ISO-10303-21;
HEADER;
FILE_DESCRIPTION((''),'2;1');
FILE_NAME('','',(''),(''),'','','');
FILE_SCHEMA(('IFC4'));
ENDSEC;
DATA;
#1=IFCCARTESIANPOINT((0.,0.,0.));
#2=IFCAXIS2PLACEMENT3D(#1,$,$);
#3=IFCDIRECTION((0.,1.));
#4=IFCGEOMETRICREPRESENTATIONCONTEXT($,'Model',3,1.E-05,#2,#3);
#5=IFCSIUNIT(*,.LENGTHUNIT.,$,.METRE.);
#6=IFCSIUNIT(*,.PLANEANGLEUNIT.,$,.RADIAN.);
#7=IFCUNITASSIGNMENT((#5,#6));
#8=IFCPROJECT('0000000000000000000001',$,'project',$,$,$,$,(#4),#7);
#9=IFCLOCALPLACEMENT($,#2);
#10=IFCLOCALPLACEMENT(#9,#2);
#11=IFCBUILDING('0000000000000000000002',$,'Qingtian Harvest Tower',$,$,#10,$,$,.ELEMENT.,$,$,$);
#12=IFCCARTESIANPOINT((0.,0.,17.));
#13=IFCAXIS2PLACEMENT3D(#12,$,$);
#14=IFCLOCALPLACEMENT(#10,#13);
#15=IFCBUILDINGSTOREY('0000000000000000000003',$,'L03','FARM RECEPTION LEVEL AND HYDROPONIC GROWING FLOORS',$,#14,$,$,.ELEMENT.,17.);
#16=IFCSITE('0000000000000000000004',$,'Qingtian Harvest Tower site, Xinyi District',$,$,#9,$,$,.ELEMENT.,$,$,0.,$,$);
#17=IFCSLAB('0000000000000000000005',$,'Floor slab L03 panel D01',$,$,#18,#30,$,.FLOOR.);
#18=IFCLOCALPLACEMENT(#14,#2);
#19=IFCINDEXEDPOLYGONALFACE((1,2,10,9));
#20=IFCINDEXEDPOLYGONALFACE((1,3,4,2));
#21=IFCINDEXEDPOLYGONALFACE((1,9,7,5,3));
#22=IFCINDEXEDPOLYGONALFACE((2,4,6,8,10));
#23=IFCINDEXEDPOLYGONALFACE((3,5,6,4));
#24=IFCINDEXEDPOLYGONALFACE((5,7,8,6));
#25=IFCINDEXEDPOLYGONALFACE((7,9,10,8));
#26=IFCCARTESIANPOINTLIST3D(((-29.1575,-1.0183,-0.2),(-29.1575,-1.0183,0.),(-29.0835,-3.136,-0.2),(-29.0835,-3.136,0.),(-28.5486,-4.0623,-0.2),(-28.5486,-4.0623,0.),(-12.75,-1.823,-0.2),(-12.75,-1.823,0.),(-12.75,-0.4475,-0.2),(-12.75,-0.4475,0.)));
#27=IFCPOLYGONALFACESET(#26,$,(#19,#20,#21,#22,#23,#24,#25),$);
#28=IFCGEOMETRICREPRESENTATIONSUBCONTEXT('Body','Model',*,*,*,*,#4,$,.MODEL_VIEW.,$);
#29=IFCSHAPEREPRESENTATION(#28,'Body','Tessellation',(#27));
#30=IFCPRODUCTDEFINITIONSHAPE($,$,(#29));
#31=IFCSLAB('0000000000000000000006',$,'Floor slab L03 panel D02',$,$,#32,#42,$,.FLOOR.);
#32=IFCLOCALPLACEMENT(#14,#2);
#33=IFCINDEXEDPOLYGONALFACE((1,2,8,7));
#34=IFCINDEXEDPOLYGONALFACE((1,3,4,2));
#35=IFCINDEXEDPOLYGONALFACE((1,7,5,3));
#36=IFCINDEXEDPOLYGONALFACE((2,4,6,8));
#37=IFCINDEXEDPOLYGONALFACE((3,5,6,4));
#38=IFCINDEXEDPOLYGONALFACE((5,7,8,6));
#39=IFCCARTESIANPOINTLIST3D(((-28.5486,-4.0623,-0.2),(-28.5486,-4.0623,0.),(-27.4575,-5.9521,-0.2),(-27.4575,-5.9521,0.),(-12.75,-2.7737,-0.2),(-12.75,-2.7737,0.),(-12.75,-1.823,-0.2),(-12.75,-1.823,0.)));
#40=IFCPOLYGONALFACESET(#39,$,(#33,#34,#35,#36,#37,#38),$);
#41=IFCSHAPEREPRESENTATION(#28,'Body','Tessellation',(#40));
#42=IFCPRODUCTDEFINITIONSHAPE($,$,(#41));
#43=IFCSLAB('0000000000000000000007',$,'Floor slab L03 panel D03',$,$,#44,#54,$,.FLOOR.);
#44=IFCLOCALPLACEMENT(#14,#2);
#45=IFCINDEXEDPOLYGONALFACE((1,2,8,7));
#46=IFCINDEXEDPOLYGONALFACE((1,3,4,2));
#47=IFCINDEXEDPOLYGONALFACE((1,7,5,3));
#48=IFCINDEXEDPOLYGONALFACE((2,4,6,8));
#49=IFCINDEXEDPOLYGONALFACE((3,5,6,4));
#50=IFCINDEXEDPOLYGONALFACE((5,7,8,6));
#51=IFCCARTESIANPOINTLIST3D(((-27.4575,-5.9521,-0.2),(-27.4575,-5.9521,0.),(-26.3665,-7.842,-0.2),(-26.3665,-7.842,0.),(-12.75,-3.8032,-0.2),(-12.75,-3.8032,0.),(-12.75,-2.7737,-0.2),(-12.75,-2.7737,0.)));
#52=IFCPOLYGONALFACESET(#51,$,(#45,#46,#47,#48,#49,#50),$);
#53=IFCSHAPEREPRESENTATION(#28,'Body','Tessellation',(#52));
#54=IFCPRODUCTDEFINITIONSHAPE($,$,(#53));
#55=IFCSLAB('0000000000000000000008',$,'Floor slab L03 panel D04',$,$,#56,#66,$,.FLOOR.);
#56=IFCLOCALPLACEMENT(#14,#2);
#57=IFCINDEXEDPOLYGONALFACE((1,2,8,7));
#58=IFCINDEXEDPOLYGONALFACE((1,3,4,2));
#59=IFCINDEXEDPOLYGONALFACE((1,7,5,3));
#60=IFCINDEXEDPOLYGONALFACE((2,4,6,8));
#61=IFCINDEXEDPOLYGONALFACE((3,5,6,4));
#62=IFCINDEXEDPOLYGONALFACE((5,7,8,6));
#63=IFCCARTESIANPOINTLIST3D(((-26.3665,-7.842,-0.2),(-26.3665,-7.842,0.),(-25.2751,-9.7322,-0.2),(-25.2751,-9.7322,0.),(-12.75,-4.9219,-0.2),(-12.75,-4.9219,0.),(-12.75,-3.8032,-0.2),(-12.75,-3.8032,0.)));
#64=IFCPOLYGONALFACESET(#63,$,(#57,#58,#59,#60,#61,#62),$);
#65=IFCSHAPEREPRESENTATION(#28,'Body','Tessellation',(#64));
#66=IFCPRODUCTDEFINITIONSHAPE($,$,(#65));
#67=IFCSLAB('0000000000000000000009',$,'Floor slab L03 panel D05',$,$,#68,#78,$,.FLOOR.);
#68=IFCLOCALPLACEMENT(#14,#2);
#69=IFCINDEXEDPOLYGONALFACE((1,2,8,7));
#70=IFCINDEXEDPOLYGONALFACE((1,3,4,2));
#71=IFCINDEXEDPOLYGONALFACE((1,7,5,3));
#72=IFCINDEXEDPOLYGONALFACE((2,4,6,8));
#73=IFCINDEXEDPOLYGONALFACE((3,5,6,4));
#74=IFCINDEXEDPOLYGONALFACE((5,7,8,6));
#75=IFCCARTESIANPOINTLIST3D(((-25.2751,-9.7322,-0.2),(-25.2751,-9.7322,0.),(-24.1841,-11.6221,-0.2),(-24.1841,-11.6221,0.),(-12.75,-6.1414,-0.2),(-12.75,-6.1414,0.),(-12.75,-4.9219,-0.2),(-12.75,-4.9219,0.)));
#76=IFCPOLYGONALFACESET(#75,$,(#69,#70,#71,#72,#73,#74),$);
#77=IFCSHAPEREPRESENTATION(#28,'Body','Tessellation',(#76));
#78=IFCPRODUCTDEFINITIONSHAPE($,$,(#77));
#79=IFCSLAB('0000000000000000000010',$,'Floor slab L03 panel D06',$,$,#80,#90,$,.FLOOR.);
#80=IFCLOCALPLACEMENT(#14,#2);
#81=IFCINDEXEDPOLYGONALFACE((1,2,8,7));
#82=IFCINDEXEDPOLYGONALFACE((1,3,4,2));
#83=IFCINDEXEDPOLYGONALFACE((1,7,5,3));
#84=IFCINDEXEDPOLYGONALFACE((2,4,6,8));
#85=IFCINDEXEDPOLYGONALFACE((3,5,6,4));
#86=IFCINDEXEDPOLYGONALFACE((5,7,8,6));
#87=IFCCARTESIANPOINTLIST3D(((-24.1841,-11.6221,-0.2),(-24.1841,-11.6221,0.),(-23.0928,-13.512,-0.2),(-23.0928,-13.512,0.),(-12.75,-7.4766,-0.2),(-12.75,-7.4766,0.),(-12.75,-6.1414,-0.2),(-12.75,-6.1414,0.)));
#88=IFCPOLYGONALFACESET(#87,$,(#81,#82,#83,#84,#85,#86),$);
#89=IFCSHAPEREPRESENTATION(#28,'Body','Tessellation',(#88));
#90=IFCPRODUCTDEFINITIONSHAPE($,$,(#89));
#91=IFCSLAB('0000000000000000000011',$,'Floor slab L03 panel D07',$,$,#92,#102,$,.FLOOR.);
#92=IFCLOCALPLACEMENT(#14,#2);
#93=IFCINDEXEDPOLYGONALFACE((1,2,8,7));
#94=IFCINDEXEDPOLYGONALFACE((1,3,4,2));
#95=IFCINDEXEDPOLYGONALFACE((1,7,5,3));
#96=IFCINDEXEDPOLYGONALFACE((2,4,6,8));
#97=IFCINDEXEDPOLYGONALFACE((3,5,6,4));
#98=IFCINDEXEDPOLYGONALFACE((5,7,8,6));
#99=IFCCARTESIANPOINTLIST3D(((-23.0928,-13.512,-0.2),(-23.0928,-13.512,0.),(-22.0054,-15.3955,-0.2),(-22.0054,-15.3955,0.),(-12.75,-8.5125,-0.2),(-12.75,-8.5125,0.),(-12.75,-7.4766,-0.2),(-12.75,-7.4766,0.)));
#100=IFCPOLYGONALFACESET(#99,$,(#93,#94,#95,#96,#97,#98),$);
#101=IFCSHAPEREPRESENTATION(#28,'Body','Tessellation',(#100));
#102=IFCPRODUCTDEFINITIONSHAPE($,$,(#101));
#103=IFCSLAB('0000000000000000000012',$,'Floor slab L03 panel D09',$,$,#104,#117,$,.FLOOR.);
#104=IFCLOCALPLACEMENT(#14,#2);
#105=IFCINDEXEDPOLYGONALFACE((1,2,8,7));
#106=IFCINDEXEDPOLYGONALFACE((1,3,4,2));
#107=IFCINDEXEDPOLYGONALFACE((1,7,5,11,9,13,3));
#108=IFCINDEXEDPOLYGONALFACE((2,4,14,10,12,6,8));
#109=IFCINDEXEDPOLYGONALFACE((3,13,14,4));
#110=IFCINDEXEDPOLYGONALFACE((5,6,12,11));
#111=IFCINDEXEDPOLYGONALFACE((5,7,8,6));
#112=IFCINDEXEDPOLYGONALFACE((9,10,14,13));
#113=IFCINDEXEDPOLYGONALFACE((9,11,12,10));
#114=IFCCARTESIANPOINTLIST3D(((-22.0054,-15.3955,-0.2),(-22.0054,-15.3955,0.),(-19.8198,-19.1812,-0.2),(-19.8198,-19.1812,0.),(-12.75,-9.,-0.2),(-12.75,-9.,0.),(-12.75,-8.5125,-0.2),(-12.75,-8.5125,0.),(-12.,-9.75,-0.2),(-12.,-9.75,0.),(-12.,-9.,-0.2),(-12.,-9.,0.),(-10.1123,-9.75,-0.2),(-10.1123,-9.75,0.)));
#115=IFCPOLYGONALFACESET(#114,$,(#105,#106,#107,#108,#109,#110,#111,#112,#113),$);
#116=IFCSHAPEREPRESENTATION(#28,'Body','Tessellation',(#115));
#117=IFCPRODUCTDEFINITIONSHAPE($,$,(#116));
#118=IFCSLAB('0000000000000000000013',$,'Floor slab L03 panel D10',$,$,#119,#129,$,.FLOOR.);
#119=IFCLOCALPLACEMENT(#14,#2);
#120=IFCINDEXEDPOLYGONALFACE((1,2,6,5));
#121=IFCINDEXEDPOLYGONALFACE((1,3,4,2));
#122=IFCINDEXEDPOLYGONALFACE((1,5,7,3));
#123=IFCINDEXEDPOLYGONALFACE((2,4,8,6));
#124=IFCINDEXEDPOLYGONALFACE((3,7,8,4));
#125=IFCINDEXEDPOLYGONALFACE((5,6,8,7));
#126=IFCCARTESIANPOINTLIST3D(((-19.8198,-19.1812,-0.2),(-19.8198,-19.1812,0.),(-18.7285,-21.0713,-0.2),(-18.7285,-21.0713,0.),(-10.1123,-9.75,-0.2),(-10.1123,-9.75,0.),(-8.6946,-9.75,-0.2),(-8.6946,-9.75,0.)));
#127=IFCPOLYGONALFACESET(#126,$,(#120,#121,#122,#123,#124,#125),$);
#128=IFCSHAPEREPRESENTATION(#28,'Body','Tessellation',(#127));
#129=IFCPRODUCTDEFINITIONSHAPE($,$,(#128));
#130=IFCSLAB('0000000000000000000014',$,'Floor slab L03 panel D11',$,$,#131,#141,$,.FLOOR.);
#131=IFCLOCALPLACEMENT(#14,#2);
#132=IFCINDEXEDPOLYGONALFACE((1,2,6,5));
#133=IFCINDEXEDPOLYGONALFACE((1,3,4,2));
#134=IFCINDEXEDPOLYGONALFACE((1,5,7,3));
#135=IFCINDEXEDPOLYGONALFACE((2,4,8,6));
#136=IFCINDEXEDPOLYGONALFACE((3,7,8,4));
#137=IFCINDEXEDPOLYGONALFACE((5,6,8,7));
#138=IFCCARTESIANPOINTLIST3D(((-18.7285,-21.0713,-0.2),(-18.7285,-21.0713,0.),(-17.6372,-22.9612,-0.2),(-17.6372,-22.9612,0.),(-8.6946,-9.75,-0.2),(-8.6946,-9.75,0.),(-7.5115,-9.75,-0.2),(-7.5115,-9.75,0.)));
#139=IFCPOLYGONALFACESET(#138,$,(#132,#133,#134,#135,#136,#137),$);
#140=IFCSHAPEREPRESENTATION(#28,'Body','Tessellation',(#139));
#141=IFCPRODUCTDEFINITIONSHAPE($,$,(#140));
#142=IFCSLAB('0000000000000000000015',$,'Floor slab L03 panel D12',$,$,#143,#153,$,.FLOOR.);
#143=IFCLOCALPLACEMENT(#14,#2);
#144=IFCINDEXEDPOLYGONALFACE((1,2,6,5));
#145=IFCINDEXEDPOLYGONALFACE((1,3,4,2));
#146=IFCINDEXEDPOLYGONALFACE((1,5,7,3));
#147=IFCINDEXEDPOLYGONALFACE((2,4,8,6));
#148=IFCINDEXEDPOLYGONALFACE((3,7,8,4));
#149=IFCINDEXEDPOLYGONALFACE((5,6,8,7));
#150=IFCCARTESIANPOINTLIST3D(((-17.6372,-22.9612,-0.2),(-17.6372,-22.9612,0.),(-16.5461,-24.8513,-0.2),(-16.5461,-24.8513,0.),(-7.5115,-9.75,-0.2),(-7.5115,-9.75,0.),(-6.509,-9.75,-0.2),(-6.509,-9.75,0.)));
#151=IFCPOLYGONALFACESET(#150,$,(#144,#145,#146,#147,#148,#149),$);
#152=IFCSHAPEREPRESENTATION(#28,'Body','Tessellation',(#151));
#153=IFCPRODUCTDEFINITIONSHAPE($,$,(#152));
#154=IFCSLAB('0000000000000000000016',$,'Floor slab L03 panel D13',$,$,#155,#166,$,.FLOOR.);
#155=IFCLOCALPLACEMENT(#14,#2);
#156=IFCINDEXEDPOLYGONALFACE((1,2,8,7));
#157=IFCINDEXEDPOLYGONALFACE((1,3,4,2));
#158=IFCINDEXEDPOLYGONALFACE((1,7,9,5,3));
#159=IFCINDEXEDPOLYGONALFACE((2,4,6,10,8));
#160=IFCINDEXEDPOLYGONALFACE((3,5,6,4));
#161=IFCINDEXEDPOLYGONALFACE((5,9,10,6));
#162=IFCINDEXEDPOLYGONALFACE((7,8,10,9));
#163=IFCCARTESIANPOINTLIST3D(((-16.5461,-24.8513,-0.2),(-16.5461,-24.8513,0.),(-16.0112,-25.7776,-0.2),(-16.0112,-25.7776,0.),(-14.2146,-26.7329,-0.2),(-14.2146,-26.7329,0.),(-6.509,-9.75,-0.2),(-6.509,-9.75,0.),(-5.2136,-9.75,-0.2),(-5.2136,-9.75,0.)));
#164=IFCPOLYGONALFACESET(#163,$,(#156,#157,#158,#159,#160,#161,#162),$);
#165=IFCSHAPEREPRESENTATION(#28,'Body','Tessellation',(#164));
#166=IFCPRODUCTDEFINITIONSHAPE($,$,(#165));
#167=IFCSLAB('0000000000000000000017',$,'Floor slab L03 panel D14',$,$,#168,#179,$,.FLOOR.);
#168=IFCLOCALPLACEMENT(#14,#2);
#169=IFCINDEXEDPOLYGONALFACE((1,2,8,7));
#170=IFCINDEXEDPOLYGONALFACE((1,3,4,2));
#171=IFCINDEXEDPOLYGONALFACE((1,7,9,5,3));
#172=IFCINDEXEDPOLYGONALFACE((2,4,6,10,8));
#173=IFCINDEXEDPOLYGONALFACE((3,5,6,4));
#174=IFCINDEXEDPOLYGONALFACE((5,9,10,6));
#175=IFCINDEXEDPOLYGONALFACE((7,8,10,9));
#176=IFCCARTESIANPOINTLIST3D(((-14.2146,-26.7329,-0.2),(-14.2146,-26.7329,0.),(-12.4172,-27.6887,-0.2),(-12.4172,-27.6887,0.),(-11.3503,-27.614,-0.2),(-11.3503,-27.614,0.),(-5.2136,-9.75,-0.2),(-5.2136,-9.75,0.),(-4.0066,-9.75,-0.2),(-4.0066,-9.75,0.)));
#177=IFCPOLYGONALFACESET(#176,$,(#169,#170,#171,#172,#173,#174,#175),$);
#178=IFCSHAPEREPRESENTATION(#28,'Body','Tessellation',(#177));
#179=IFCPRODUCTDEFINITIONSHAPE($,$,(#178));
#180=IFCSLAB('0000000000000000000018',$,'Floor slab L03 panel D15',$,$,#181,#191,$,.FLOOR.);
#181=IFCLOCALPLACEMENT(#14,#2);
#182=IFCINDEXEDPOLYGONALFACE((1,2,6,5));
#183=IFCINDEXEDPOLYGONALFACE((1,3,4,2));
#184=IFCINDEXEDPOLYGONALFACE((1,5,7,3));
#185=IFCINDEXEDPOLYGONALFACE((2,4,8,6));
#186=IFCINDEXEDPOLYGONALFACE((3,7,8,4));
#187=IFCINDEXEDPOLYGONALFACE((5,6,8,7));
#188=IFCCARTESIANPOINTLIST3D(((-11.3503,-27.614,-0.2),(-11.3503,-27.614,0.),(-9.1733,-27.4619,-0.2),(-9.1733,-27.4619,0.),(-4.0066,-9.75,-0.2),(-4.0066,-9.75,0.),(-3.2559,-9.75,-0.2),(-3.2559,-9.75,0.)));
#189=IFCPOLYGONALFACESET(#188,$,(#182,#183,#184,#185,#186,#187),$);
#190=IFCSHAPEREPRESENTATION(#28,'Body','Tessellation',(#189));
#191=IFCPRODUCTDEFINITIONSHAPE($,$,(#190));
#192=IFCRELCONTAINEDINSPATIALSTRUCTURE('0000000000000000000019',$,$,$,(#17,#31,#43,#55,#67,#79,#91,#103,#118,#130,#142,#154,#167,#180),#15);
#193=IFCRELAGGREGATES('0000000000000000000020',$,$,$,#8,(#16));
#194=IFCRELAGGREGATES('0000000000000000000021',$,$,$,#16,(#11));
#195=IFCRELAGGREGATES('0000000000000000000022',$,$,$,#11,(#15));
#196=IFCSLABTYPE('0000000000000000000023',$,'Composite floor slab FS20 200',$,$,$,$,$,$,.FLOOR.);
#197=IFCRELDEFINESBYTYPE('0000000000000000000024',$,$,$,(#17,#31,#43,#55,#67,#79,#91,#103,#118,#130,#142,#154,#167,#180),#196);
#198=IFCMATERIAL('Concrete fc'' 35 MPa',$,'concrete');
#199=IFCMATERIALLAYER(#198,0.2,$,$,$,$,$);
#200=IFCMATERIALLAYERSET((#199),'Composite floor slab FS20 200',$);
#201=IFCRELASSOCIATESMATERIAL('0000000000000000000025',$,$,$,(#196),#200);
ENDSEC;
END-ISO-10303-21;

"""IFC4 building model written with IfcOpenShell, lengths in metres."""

from ifc_helpers import new_model, si_unit, direction, frame, origin, place, context, subcontext, project, spatial, polyline, outline, extrude, material, layer, layer_set, type_object, element, save


model = new_model("IFC4")

# Units and contexts
model_context = context("Model", 3, precision=1e-05, world=origin(), true_north=direction((0.0, 1.0)))
body_context = subcontext(model_context, "Body", "Model", "MODEL_VIEW")
ifc_project = project(units=[si_unit("LENGTHUNIT", "METRE"), si_unit("PLANEANGLEUNIT", "RADIAN")], contexts=[model_context])

# Site, building, storey
site_placement = place(None, origin())
site = spatial("IfcSite", under=ifc_project, at=site_placement, Name="Qingtian Harvest Tower site, Xinyi District", CompositionType="ELEMENT", RefElevation=0.0)
building_placement = place(site_placement, origin())
building = spatial("IfcBuilding", under=site, at=building_placement, Name="Qingtian Harvest Tower", CompositionType="ELEMENT")
storey_placement = place(building_placement, frame((0.0, 0.0, 17.0)))
storey = spatial("IfcBuildingStorey", under=building, at=storey_placement, Name="L03", Description="FARM RECEPTION LEVEL AND HYDROPONIC GROWING FLOORS", CompositionType="ELEMENT", Elevation=17.0)

# Slabs
ifc_material_1 = material(Name="Concrete fc' 35 MPa", Category="concrete")
ifc_layer_1 = layer(ifc_material_1, 0.2)
ifc_layer_set_1 = layer_set([ifc_layer_1], Name="Composite floor slab FS20 200")
slab_type_1 = type_object("IfcSlabType", Name="Composite floor slab FS20 200", PredefinedType="FLOOR", material=ifc_layer_set_1)
slab_1_placement = place(storey_placement, frame((0.0, 0.0, -0.2)))
element("IfcSlab", 1, at=slab_1_placement, inside=storey, type_object=slab_type_1, Name="Floor slab L03 panel D01", PredefinedType="FLOOR", context=body_context, shape_type="SweptSolid", body=[
    extrude(outline(polyline([(-29.1575, -1.0183), (-12.75, -0.4475), (-12.75, -1.823), (-28.5486, -4.0623), (-29.0835, -3.136), (-29.1575, -1.0183)])), origin(), (0.0, 0.0, 1.0), 0.2),
])
slab_2_placement = place(storey_placement, frame((0.0, 0.0, -0.2)))
element("IfcSlab", 2, at=slab_2_placement, inside=storey, type_object=slab_type_1, Name="Floor slab L03 panel D02", PredefinedType="FLOOR", context=body_context, shape_type="SweptSolid", body=[
    extrude(outline(polyline([(-12.75, -2.7737), (-27.4575, -5.9521), (-28.5486, -4.0623), (-12.75, -1.823), (-12.75, -2.7737)])), origin(), (0.0, 0.0, 1.0), 0.2),
])
slab_3_placement = place(storey_placement, frame((0.0, 0.0, -0.2)))
element("IfcSlab", 3, at=slab_3_placement, inside=storey, type_object=slab_type_1, Name="Floor slab L03 panel D03", PredefinedType="FLOOR", context=body_context, shape_type="SweptSolid", body=[
    extrude(outline(polyline([(-12.75, -3.8032), (-26.3665, -7.842), (-27.4575, -5.9521), (-12.75, -2.7737), (-12.75, -3.8032)])), origin(), (0.0, 0.0, 1.0), 0.2),
])
slab_4_placement = place(storey_placement, frame((0.0, 0.0, -0.2)))
element("IfcSlab", 4, at=slab_4_placement, inside=storey, type_object=slab_type_1, Name="Floor slab L03 panel D04", PredefinedType="FLOOR", context=body_context, shape_type="SweptSolid", body=[
    extrude(outline(polyline([(-12.75, -4.9219), (-25.2751, -9.7322), (-26.3665, -7.842), (-12.75, -3.8032), (-12.75, -4.9219)])), origin(), (0.0, 0.0, 1.0), 0.2),
])
slab_5_placement = place(storey_placement, frame((0.0, 0.0, -0.2)))
element("IfcSlab", 5, at=slab_5_placement, inside=storey, type_object=slab_type_1, Name="Floor slab L03 panel D05", PredefinedType="FLOOR", context=body_context, shape_type="SweptSolid", body=[
    extrude(outline(polyline([(-12.75, -6.1414), (-24.1841, -11.6221), (-25.2751, -9.7322), (-12.75, -4.9219), (-12.75, -6.1414)])), origin(), (0.0, 0.0, 1.0), 0.2),
])
slab_6_placement = place(storey_placement, frame((0.0, 0.0, -0.2)))
element("IfcSlab", 6, at=slab_6_placement, inside=storey, type_object=slab_type_1, Name="Floor slab L03 panel D06", PredefinedType="FLOOR", context=body_context, shape_type="SweptSolid", body=[
    extrude(outline(polyline([(-12.75, -7.4766), (-23.0928, -13.512), (-24.1841, -11.6221), (-12.75, -6.1414), (-12.75, -7.4766)])), origin(), (0.0, 0.0, 1.0), 0.2),
])
slab_7_placement = place(storey_placement, frame((0.0, 0.0, -0.2)))
element("IfcSlab", 7, at=slab_7_placement, inside=storey, type_object=slab_type_1, Name="Floor slab L03 panel D07", PredefinedType="FLOOR", context=body_context, shape_type="SweptSolid", body=[
    extrude(outline(polyline([(-12.75, -8.5125), (-22.0054, -15.3955), (-23.0928, -13.512), (-12.75, -7.4766), (-12.75, -8.5125)])), origin(), (0.0, 0.0, 1.0), 0.2),
])
slab_8_placement = place(storey_placement, frame((0.0, 0.0, -0.2)))
element("IfcSlab", 8, at=slab_8_placement, inside=storey, type_object=slab_type_1, Name="Floor slab L03 panel D09", PredefinedType="FLOOR", context=body_context, shape_type="SweptSolid", body=[
    extrude(outline(polyline([(-19.8198, -19.1812), (-22.0054, -15.3955), (-12.75, -8.5125), (-12.75, -9.0), (-12.0, -9.0), (-12.0, -9.75), (-10.1123, -9.75), (-19.8198, -19.1812)])), origin(), (0.0, 0.0, 1.0), 0.2),
])
slab_9_placement = place(storey_placement, frame((0.0, 0.0, -0.2)))
element("IfcSlab", 9, at=slab_9_placement, inside=storey, type_object=slab_type_1, Name="Floor slab L03 panel D10", PredefinedType="FLOOR", context=body_context, shape_type="SweptSolid", body=[
    extrude(outline(polyline([(-8.6946, -9.75), (-18.7285, -21.0713), (-19.8198, -19.1812), (-10.1123, -9.75), (-8.6946, -9.75)])), origin(), (0.0, 0.0, 1.0), 0.2),
])
slab_10_placement = place(storey_placement, frame((0.0, 0.0, -0.2)))
element("IfcSlab", 10, at=slab_10_placement, inside=storey, type_object=slab_type_1, Name="Floor slab L03 panel D11", PredefinedType="FLOOR", context=body_context, shape_type="SweptSolid", body=[
    extrude(outline(polyline([(-7.5115, -9.75), (-17.6372, -22.9612), (-18.7285, -21.0713), (-8.6946, -9.75), (-7.5115, -9.75)])), origin(), (0.0, 0.0, 1.0), 0.2),
])
slab_11_placement = place(storey_placement, frame((0.0, 0.0, -0.2)))
element("IfcSlab", 11, at=slab_11_placement, inside=storey, type_object=slab_type_1, Name="Floor slab L03 panel D12", PredefinedType="FLOOR", context=body_context, shape_type="SweptSolid", body=[
    extrude(outline(polyline([(-6.509, -9.75), (-16.5461, -24.8513), (-17.6372, -22.9612), (-7.5115, -9.75), (-6.509, -9.75)])), origin(), (0.0, 0.0, 1.0), 0.2),
])
slab_12_placement = place(storey_placement, frame((0.0, 0.0, -0.2)))
element("IfcSlab", 12, at=slab_12_placement, inside=storey, type_object=slab_type_1, Name="Floor slab L03 panel D13", PredefinedType="FLOOR", context=body_context, shape_type="SweptSolid", body=[
    extrude(outline(polyline([(-6.509, -9.75), (-5.2136, -9.75), (-14.2146, -26.7329), (-16.0112, -25.7776), (-16.5461, -24.8513), (-6.509, -9.75)])), origin(), (0.0, 0.0, 1.0), 0.2),
])
slab_13_placement = place(storey_placement, frame((0.0, 0.0, -0.2)))
element("IfcSlab", 13, at=slab_13_placement, inside=storey, type_object=slab_type_1, Name="Floor slab L03 panel D14", PredefinedType="FLOOR", context=body_context, shape_type="SweptSolid", body=[
    extrude(outline(polyline([(-5.2136, -9.75), (-4.0066, -9.75), (-11.3503, -27.614), (-12.4172, -27.6887), (-14.2146, -26.7329), (-5.2136, -9.75)])), origin(), (0.0, 0.0, 1.0), 0.2),
])
slab_14_placement = place(storey_placement, frame((0.0, 0.0, -0.2)))
element("IfcSlab", 14, at=slab_14_placement, inside=storey, type_object=slab_type_1, Name="Floor slab L03 panel D15", PredefinedType="FLOOR", context=body_context, shape_type="SweptSolid", body=[
    extrude(outline(polyline([(-3.2559, -9.75), (-9.1733, -27.4619), (-11.3503, -27.614), (-4.0066, -9.75), (-3.2559, -9.75)])), origin(), (0.0, 0.0, 1.0), 0.2),
])

save(model, "model.ifc")
